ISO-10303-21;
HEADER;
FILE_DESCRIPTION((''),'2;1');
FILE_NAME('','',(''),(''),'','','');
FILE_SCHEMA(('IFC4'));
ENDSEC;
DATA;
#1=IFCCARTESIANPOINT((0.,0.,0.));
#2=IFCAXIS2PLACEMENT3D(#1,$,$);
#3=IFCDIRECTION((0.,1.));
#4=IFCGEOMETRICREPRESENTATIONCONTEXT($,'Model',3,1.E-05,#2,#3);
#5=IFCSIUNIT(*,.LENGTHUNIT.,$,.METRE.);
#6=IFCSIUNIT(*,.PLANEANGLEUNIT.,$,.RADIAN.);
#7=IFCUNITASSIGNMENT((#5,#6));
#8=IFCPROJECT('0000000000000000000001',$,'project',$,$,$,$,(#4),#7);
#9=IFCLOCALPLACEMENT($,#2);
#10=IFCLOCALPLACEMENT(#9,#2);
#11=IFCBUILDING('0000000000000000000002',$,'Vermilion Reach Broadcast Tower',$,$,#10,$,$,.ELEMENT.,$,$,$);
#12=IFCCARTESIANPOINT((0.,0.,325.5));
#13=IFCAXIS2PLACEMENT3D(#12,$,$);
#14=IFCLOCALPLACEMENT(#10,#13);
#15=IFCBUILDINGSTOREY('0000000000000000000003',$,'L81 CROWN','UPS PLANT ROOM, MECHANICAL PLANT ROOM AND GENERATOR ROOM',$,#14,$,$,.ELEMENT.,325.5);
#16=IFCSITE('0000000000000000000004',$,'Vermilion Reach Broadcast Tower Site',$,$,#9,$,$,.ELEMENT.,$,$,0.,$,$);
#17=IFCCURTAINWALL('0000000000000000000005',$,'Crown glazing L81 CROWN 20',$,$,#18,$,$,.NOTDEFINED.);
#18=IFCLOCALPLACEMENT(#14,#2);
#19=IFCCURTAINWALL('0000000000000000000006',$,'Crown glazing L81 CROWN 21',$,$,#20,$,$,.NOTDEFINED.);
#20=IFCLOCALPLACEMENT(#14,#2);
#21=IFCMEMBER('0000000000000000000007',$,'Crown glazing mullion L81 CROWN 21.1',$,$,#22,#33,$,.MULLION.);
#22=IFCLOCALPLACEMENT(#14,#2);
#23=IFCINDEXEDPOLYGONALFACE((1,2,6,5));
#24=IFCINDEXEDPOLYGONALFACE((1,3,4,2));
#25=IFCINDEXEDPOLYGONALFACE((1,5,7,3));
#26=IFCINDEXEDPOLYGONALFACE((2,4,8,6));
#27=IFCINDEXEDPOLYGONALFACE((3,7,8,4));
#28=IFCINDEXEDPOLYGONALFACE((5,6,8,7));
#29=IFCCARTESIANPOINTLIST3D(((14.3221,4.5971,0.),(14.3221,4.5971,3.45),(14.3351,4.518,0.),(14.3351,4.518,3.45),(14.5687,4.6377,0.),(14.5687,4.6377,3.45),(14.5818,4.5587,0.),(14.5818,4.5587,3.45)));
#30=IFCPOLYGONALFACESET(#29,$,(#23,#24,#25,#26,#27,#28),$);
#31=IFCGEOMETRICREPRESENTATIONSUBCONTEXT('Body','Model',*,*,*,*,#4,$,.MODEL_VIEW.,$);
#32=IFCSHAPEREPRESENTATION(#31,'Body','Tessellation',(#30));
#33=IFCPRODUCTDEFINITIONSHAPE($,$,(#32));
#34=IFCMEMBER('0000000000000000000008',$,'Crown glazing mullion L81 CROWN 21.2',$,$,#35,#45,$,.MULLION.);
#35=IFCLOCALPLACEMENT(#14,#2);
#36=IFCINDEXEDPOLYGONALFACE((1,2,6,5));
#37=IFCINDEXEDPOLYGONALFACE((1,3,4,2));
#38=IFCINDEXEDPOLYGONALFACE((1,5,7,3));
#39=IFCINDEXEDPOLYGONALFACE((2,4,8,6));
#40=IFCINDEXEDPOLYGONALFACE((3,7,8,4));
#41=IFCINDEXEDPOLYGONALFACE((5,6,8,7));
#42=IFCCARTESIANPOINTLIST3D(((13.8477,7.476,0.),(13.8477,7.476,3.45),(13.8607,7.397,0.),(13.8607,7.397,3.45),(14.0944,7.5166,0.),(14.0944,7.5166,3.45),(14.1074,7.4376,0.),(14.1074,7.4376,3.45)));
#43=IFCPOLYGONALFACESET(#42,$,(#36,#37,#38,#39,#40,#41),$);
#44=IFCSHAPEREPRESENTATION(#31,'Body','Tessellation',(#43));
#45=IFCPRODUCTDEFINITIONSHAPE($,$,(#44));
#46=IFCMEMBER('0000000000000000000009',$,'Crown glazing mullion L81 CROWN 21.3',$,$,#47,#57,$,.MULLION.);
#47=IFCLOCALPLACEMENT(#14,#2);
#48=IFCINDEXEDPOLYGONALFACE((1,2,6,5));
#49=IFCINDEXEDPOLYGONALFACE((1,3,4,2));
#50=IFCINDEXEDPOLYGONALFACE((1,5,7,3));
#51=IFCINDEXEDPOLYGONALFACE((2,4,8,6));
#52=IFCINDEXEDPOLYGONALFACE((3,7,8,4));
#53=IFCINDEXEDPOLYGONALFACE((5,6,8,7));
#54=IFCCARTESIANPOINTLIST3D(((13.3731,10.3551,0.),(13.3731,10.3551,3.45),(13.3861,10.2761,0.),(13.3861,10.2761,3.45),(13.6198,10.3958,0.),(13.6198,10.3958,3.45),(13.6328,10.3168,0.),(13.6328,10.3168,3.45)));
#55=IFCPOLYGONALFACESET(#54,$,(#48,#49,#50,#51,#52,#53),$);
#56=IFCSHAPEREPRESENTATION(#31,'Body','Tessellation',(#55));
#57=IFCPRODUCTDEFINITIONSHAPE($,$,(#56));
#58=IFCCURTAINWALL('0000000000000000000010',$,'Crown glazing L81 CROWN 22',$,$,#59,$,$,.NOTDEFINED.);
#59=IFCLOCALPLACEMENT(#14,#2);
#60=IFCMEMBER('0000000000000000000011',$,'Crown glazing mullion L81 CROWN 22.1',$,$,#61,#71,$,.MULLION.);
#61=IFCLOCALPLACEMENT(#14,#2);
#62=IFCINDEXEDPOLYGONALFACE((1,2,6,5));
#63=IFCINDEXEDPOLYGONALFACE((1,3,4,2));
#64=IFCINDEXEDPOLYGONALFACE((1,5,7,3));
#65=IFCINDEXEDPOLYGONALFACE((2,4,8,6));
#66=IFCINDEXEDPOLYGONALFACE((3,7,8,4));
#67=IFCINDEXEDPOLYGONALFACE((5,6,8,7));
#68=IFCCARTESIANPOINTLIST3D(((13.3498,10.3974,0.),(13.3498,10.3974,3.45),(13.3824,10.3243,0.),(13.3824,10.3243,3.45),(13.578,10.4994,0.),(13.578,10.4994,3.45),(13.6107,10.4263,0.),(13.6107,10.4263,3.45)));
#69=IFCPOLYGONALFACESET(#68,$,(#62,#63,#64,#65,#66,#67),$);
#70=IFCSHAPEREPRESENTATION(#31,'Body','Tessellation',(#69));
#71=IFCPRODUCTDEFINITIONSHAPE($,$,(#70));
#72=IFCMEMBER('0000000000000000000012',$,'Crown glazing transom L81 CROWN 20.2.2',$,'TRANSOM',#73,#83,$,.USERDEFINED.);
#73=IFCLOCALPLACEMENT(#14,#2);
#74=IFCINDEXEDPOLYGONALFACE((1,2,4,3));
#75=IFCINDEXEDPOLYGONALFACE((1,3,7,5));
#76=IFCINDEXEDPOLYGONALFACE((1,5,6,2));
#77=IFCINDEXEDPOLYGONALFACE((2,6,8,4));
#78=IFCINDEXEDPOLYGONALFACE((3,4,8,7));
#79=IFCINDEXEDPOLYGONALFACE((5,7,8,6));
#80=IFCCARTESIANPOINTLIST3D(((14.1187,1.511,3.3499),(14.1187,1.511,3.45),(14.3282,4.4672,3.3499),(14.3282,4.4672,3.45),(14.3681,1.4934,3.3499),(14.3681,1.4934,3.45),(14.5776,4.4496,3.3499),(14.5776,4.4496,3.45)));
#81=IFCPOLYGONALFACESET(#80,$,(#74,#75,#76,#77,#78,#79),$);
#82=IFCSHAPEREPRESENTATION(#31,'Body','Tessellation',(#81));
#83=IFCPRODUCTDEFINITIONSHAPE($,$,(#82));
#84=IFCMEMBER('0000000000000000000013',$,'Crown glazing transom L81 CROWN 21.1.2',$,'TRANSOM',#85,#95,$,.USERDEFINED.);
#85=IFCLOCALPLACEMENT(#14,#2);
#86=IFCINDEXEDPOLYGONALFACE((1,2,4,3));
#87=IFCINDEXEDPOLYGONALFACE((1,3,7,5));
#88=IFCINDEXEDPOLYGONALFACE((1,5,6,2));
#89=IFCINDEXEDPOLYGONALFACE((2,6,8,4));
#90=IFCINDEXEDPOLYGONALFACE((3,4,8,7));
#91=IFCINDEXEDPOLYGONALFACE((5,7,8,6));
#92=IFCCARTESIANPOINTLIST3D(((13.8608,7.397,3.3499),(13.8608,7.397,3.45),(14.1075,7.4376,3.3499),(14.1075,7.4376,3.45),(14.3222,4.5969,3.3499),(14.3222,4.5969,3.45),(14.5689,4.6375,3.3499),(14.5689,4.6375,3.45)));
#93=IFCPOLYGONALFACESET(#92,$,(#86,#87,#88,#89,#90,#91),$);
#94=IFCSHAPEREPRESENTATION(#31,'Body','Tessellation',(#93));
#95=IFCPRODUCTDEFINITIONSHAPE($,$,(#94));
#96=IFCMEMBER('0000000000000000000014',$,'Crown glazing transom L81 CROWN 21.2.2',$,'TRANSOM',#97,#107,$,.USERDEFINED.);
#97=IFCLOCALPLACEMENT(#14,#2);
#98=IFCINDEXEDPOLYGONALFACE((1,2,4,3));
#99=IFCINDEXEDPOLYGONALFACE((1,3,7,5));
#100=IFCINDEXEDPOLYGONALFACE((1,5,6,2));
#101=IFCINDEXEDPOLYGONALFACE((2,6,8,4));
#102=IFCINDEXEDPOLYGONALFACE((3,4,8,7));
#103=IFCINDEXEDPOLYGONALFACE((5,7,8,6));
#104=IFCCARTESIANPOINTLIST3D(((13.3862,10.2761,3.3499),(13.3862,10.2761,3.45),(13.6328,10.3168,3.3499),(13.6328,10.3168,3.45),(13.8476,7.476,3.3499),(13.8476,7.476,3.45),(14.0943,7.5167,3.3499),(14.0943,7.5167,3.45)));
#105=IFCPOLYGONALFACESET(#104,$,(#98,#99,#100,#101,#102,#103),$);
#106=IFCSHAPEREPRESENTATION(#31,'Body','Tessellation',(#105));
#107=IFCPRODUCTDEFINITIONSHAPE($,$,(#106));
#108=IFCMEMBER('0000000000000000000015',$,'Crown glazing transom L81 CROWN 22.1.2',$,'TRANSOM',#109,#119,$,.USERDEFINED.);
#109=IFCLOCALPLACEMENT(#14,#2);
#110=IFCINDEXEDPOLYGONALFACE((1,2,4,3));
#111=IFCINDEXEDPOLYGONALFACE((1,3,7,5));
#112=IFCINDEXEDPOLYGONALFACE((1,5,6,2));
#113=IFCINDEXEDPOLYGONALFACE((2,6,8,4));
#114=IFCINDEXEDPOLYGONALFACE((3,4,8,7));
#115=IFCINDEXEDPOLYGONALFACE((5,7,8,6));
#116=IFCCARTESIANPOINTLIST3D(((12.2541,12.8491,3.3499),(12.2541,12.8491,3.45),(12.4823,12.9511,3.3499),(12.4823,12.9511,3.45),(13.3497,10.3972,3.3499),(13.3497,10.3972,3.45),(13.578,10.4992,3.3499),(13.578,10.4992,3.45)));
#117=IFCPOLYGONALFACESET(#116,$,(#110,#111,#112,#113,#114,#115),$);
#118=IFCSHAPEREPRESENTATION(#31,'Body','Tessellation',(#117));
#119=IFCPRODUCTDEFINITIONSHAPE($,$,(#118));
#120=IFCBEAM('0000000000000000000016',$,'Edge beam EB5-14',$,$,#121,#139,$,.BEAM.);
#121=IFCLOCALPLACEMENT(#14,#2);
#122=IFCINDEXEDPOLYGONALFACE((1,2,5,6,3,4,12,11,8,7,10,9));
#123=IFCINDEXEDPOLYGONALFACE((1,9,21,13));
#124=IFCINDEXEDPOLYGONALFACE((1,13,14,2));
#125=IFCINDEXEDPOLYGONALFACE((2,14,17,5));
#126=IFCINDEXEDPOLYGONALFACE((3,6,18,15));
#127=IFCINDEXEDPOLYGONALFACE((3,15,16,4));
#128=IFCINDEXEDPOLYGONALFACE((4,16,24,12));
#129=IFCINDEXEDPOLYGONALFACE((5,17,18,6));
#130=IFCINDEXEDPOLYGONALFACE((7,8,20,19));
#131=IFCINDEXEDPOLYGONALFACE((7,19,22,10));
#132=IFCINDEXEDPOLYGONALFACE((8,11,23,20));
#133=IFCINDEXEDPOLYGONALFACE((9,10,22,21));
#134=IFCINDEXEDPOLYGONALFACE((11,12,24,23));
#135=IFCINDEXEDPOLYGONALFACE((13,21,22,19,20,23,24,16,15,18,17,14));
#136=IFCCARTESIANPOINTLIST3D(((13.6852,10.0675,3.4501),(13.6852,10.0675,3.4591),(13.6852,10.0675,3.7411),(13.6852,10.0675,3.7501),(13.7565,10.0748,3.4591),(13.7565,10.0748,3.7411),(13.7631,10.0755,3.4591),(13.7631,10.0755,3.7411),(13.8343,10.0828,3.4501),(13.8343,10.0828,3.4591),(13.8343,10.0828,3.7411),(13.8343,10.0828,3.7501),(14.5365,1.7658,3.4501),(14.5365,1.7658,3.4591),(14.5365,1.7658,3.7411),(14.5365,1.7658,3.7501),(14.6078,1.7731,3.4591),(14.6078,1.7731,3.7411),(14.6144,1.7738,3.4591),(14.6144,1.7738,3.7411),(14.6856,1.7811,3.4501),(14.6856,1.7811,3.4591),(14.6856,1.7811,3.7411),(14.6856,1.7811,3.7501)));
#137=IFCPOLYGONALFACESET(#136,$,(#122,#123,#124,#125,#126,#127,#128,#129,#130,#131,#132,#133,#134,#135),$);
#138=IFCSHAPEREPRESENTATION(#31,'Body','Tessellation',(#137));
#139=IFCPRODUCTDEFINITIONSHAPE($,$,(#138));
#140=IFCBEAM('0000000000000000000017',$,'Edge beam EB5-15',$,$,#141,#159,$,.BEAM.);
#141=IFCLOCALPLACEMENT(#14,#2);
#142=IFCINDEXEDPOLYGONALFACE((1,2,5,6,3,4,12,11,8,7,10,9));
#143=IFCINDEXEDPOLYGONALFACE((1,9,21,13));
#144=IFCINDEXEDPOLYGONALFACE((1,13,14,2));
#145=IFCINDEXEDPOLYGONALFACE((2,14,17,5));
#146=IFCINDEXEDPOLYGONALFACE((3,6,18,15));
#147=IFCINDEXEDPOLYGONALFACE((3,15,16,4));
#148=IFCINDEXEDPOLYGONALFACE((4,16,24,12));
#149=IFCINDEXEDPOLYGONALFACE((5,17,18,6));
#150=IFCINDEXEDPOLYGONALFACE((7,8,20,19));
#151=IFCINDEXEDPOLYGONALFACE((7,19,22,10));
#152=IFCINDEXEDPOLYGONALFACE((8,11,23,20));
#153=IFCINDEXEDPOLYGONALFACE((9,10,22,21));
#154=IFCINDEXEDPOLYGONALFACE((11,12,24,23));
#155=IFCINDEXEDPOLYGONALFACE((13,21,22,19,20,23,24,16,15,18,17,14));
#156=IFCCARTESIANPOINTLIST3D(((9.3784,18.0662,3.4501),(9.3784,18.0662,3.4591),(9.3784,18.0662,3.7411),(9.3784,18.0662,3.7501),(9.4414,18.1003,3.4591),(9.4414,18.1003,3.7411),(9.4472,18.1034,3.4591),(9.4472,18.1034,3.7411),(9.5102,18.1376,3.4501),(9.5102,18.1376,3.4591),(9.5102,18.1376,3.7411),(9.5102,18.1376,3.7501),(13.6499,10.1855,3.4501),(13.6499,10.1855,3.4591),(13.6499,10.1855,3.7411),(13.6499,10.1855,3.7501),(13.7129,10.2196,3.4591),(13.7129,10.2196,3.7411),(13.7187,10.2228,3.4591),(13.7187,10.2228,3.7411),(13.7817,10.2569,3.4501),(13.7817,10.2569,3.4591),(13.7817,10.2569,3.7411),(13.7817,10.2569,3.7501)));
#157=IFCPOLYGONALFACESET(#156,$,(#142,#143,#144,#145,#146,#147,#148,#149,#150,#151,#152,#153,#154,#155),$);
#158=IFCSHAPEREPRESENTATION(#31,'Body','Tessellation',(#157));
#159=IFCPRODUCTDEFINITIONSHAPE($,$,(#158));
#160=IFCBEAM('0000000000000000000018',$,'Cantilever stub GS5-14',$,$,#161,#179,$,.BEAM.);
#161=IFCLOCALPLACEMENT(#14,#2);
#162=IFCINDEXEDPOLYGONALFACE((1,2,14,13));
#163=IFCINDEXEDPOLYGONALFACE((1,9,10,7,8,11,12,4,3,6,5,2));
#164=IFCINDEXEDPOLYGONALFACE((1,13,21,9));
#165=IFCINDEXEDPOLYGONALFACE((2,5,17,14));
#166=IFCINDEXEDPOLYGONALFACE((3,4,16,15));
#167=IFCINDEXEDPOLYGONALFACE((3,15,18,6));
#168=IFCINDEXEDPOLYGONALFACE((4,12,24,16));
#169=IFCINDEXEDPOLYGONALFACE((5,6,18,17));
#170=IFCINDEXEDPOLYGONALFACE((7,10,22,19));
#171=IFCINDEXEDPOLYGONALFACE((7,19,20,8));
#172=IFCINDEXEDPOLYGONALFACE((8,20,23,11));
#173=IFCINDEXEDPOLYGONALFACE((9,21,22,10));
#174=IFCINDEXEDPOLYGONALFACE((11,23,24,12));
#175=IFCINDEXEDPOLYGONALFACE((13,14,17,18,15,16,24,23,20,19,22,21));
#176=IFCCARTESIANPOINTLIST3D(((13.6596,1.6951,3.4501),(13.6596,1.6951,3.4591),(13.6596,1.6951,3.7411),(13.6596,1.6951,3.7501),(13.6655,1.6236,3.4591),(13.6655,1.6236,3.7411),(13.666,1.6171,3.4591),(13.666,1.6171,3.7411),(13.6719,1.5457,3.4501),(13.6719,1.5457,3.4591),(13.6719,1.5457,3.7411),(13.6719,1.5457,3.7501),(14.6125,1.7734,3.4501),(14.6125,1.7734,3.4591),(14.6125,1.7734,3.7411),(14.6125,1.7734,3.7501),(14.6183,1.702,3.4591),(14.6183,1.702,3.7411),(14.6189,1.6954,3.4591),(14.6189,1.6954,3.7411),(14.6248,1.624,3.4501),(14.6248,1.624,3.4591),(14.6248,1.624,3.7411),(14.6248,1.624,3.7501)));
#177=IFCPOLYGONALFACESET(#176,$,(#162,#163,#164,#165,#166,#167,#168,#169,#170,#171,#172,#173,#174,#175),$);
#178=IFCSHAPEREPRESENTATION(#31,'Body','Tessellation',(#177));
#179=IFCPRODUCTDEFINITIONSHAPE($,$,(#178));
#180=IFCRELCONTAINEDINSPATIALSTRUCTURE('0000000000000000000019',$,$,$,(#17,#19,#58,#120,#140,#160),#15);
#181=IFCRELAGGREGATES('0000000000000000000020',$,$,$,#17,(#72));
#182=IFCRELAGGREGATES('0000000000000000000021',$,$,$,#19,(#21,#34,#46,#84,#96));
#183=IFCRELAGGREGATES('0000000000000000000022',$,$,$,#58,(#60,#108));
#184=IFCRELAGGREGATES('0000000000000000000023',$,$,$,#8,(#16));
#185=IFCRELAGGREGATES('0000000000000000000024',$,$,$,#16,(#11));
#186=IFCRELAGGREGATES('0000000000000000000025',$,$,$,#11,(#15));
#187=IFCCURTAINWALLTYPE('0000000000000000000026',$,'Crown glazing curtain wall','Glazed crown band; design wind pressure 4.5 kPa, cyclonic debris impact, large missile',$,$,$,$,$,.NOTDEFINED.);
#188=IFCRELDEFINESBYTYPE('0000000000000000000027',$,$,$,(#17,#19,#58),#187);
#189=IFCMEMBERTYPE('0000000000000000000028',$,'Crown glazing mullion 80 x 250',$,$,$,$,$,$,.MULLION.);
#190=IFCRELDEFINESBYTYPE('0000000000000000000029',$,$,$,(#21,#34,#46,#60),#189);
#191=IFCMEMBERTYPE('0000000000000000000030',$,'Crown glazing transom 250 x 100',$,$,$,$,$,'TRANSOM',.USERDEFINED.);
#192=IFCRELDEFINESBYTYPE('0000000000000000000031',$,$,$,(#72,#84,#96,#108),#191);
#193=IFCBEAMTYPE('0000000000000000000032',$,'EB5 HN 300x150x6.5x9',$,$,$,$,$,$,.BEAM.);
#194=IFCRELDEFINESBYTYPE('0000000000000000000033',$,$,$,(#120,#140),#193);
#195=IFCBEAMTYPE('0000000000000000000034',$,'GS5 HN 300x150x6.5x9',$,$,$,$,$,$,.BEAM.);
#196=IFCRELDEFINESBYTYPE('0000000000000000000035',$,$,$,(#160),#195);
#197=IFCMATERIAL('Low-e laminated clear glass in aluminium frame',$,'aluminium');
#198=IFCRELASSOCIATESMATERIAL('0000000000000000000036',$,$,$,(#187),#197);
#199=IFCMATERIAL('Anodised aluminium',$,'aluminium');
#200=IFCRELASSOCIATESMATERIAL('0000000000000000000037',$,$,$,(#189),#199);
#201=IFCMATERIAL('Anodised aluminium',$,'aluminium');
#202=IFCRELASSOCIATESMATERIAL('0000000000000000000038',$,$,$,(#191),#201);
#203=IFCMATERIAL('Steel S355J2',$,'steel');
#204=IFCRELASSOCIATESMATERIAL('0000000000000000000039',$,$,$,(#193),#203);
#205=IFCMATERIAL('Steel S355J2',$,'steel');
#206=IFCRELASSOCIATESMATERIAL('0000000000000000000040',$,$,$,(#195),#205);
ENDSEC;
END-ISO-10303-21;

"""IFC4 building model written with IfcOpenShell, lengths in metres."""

from ifc_helpers import new_model, si_unit, direction, frame, origin, origin_2d, place, context, subcontext, project, spatial, rectangle, i_section, extrude, material, material_profile, profile_set, type_object, element, aggregate, save


model = new_model("IFC4")

# Units and contexts
model_context = context("Model", 3, precision=1e-05, world=origin(), true_north=direction((0.0, 1.0)))
body_context = subcontext(model_context, "Body", "Model", "MODEL_VIEW")
ifc_project = project(units=[si_unit("LENGTHUNIT", "METRE"), si_unit("PLANEANGLEUNIT", "RADIAN")], contexts=[model_context])

# Site, building, storey
site_placement = place(None, origin())
site = spatial("IfcSite", under=ifc_project, at=site_placement, Name="Vermilion Reach Broadcast Tower Site", CompositionType="ELEMENT", RefElevation=0.0)
building_placement = place(site_placement, origin())
building = spatial("IfcBuilding", under=site, at=building_placement, Name="Vermilion Reach Broadcast Tower", CompositionType="ELEMENT")
storey_placement = place(building_placement, frame((0.0, 0.0, 325.5)))
storey = spatial("IfcBuildingStorey", under=building, at=storey_placement, Name="L81 CROWN", Description="UPS PLANT ROOM, MECHANICAL PLANT ROOM AND GENERATOR ROOM", CompositionType="ELEMENT", Elevation=325.5)

# Curtain walls, members
ifc_material_1 = material(Name="Low-e laminated clear glass in aluminium frame", Category="aluminium")
curtain_wall_type = type_object("IfcCurtainWallType", Name="Crown glazing curtain wall", Description="Glazed crown band; design wind pressure 4.5 kPa, cyclonic debris impact, large missile", PredefinedType="NOTDEFINED", material=ifc_material_1)
placement = place(storey_placement, origin())
curtain_wall_1 = element("IfcCurtainWall", 1, at=placement, inside=storey, type_object=curtain_wall_type, Name="Crown glazing L81 CROWN 20", PredefinedType="NOTDEFINED")
ifc_material_2 = material(Name="Anodised aluminium", Category="aluminium")
ifc_material_profile_1 = material_profile(ifc_material_2, rectangle(XDim=0.25, YDim=0.0801, at=origin_2d()), Name="Crown glazing mullion 80 x 250")
ifc_profile_set_1 = profile_set([ifc_material_profile_1], Name="Anodised aluminium")
member_type_1 = type_object("IfcMemberType", Name="Crown glazing mullion 80 x 250", PredefinedType="MULLION", material=ifc_profile_set_1)
curtain_wall_2 = element("IfcCurtainWall", 2, at=placement, inside=storey, type_object=curtain_wall_type, Name="Crown glazing L81 CROWN 21", PredefinedType="NOTDEFINED")
member_1_placement = place(storey_placement, frame((14.4519, 4.5779, 0.0), z_axis=(0.0, 0.0, 1.0), x_axis=(-0.986689, -0.162618, 0.0)))
member_1 = element("IfcMember", 3, at=member_1_placement, type_object=member_type_1, Name="Crown glazing mullion L81 CROWN 21.1", PredefinedType="MULLION", context=body_context, shape_type="SweptSolid", body=[
    extrude(rectangle(XDim=0.25, YDim=0.0801, at=origin_2d()), origin(), (0.0, 0.0, 1.0), 3.45),
])
member_2_placement = place(storey_placement, frame((13.9775, 7.4568, 0.0), z_axis=(0.0, 0.0, 1.0), x_axis=(-0.986689, -0.162618, 0.0)))
member_2 = element("IfcMember", 4, at=member_2_placement, type_object=member_type_1, Name="Crown glazing mullion L81 CROWN 21.2", PredefinedType="MULLION", context=body_context, shape_type="SweptSolid", body=[
    extrude(rectangle(XDim=0.25, YDim=0.0801, at=origin_2d()), origin(), (0.0, 0.0, 1.0), 3.45),
])
member_3_placement = place(storey_placement, frame((13.5029, 10.3359, 0.0), z_axis=(0.0, 0.0, 1.0), x_axis=(-0.986689, -0.162618, 0.0)))
member_3 = element("IfcMember", 5, at=member_3_placement, type_object=member_type_1, Name="Crown glazing mullion L81 CROWN 21.3", PredefinedType="MULLION", context=body_context, shape_type="SweptSolid", body=[
    extrude(rectangle(XDim=0.25, YDim=0.0801, at=origin_2d()), origin(), (0.0, 0.0, 1.0), 3.45),
])

# Curtain wall, member
curtain_wall_3 = element("IfcCurtainWall", 6, at=placement, inside=storey, type_object=curtain_wall_type, Name="Crown glazing L81 CROWN 22", PredefinedType="NOTDEFINED")
member_4_placement = place(storey_placement, frame((13.4802, 10.4119, 0.0), z_axis=(0.0, 0.0, 1.0), x_axis=(-0.912989, -0.407985, 0.0)))
member_4 = element("IfcMember", 7, at=member_4_placement, type_object=member_type_1, Name="Crown glazing mullion L81 CROWN 22.1", PredefinedType="MULLION", context=body_context, shape_type="SweptSolid", body=[
    extrude(rectangle(XDim=0.25, YDim=0.0801, at=origin_2d()), origin(), (0.0, 0.0, 1.0), 3.45),
])

# Members
ifc_material_3 = material(Name="Anodised aluminium", Category="aluminium")
ifc_material_profile_2 = material_profile(ifc_material_3, rectangle(XDim=0.25, YDim=0.1001, at=origin_2d()), Name="Crown glazing transom 250 x 100")
ifc_profile_set_2 = profile_set([ifc_material_profile_2], Name="Anodised aluminium")
member_type_2 = type_object("IfcMemberType", Name="Crown glazing transom 250 x 100", ElementType="TRANSOM", PredefinedType="USERDEFINED", material=ifc_profile_set_2)
member_5_placement = place(storey_placement, frame((14.2434, 1.5022, 3.3999), z_axis=(0.070679, 0.997499, 0.0), x_axis=(-0.997499, 0.070679, 0.0)))
member_5 = element("IfcMember", 8, at=member_5_placement, type_object=member_type_2, Name="Crown glazing transom L81 CROWN 20.2.2", ObjectType="TRANSOM", PredefinedType="USERDEFINED", context=body_context, shape_type="SweptSolid", body=[
    extrude(rectangle(XDim=0.25, YDim=0.1001, at=origin_2d()), origin(), (0.0, 0.0, 1.0), 2.9636),
])
member_6_placement = place(storey_placement, frame((14.4456, 4.6172, 3.3999), z_axis=(-0.162599, 0.986692, 0.0), x_axis=(-0.986692, -0.162599, 0.0)))
member_6 = element("IfcMember", 9, at=member_6_placement, type_object=member_type_2, Name="Crown glazing transom L81 CROWN 21.1.2", ObjectType="TRANSOM", PredefinedType="USERDEFINED", context=body_context, shape_type="SweptSolid", body=[
    extrude(rectangle(XDim=0.25, YDim=0.1001, at=origin_2d()), origin(), (0.0, 0.0, 1.0), 2.8379),
])
member_7_placement = place(storey_placement, frame((13.9709, 7.4963, 3.3999), z_axis=(-0.162599, 0.986692, 0.0), x_axis=(-0.986692, -0.162599, 0.0)))
member_7 = element("IfcMember", 10, at=member_7_placement, type_object=member_type_2, Name="Crown glazing transom L81 CROWN 21.2.2", ObjectType="TRANSOM", PredefinedType="USERDEFINED", context=body_context, shape_type="SweptSolid", body=[
    extrude(rectangle(XDim=0.25, YDim=0.1001, at=origin_2d()), origin(), (0.0, 0.0, 1.0), 2.8379),
])
member_8_placement = place(storey_placement, frame((13.4639, 10.4482, 3.3999), z_axis=(-0.407993, 0.912985, 0.0), x_axis=(-0.912985, -0.407993, 0.0)))
member_8 = element("IfcMember", 11, at=member_8_placement, type_object=member_type_2, Name="Crown glazing transom L81 CROWN 22.1.2", ObjectType="TRANSOM", PredefinedType="USERDEFINED", context=body_context, shape_type="SweptSolid", body=[
    extrude(rectangle(XDim=0.25, YDim=0.1001, at=origin_2d()), origin(), (0.0, 0.0, 1.0), 2.6855),
])

# Beams
ifc_material_4 = material(Name="Steel S355J2", Category="steel")
ifc_material_profile_3 = material_profile(ifc_material_4, i_section(OverallWidth=0.1499, OverallDepth=0.3, WebThickness=0.0066, FlangeThickness=0.009, at=origin_2d()), Name="S355J2 HN 300x150x6.5x9")
ifc_profile_set_3 = profile_set([ifc_material_profile_3], Name="Steel S355J2")
beam_type_1 = type_object("IfcBeamType", Name="EB5 HN 300x150x6.5x9", PredefinedType="BEAM", material=ifc_profile_set_3)
beam_1_placement = place(storey_placement, frame((14.6111, 1.7734, 3.6001), z_axis=(-0.102012, 0.994783, 0.0), x_axis=(-0.994783, -0.102012, 0.0)))
element("IfcBeam", 12, at=beam_1_placement, inside=storey, type_object=beam_type_1, Name="Edge beam EB5-14", PredefinedType="BEAM", context=body_context, shape_type="SweptSolid", body=[
    extrude(i_section(OverallWidth=0.1499, OverallDepth=0.3, WebThickness=0.0066, FlangeThickness=0.009, at=origin_2d()), origin(), (0.0, 0.0, 1.0), 8.3452),
])
beam_2_placement = place(storey_placement, frame((13.7158, 10.2212, 3.6001), z_axis=(-0.476526, 0.87916, 0.0), x_axis=(-0.87916, -0.476526, 0.0)))
element("IfcBeam", 13, at=beam_2_placement, inside=storey, type_object=beam_type_1, Name="Edge beam EB5-15", PredefinedType="BEAM", context=body_context, shape_type="SweptSolid", body=[
    extrude(i_section(OverallWidth=0.1499, OverallDepth=0.3, WebThickness=0.0066, FlangeThickness=0.009, at=origin_2d()), origin(), (0.0, 0.0, 1.0), 8.9639),
])
ifc_material_5 = material(Name="Steel S355J2", Category="steel")
ifc_material_profile_4 = material_profile(ifc_material_5, i_section(OverallWidth=0.1499, OverallDepth=0.3, WebThickness=0.0066, FlangeThickness=0.009, at=origin_2d()), Name="S355J2 HN 300x150x6.5x9")
ifc_profile_set_4 = profile_set([ifc_material_profile_4], Name="Steel S355J2")
beam_type_2 = type_object("IfcBeamType", Name="GS5 HN 300x150x6.5x9", PredefinedType="BEAM", material=ifc_profile_set_4)
beam_3_placement = place(storey_placement, frame((13.6658, 1.6204, 3.6001), z_axis=(0.996635, 0.081968, 0.0), x_axis=(-0.081968, 0.996635, 0.0)))
element("IfcBeam", 14, at=beam_3_placement, inside=storey, type_object=beam_type_2, Name="Cantilever stub GS5-14", PredefinedType="BEAM", context=body_context, shape_type="SweptSolid", body=[
    extrude(i_section(OverallWidth=0.1499, OverallDepth=0.3, WebThickness=0.0066, FlangeThickness=0.009, at=origin_2d()), origin(), (0.0, 0.0, 1.0), 0.9561),
])

aggregate(curtain_wall_1, [member_5])
aggregate(curtain_wall_2, [member_1, member_2, member_3, member_6, member_7])
aggregate(curtain_wall_3, [member_4, member_8])

save(model, "model.ifc")
